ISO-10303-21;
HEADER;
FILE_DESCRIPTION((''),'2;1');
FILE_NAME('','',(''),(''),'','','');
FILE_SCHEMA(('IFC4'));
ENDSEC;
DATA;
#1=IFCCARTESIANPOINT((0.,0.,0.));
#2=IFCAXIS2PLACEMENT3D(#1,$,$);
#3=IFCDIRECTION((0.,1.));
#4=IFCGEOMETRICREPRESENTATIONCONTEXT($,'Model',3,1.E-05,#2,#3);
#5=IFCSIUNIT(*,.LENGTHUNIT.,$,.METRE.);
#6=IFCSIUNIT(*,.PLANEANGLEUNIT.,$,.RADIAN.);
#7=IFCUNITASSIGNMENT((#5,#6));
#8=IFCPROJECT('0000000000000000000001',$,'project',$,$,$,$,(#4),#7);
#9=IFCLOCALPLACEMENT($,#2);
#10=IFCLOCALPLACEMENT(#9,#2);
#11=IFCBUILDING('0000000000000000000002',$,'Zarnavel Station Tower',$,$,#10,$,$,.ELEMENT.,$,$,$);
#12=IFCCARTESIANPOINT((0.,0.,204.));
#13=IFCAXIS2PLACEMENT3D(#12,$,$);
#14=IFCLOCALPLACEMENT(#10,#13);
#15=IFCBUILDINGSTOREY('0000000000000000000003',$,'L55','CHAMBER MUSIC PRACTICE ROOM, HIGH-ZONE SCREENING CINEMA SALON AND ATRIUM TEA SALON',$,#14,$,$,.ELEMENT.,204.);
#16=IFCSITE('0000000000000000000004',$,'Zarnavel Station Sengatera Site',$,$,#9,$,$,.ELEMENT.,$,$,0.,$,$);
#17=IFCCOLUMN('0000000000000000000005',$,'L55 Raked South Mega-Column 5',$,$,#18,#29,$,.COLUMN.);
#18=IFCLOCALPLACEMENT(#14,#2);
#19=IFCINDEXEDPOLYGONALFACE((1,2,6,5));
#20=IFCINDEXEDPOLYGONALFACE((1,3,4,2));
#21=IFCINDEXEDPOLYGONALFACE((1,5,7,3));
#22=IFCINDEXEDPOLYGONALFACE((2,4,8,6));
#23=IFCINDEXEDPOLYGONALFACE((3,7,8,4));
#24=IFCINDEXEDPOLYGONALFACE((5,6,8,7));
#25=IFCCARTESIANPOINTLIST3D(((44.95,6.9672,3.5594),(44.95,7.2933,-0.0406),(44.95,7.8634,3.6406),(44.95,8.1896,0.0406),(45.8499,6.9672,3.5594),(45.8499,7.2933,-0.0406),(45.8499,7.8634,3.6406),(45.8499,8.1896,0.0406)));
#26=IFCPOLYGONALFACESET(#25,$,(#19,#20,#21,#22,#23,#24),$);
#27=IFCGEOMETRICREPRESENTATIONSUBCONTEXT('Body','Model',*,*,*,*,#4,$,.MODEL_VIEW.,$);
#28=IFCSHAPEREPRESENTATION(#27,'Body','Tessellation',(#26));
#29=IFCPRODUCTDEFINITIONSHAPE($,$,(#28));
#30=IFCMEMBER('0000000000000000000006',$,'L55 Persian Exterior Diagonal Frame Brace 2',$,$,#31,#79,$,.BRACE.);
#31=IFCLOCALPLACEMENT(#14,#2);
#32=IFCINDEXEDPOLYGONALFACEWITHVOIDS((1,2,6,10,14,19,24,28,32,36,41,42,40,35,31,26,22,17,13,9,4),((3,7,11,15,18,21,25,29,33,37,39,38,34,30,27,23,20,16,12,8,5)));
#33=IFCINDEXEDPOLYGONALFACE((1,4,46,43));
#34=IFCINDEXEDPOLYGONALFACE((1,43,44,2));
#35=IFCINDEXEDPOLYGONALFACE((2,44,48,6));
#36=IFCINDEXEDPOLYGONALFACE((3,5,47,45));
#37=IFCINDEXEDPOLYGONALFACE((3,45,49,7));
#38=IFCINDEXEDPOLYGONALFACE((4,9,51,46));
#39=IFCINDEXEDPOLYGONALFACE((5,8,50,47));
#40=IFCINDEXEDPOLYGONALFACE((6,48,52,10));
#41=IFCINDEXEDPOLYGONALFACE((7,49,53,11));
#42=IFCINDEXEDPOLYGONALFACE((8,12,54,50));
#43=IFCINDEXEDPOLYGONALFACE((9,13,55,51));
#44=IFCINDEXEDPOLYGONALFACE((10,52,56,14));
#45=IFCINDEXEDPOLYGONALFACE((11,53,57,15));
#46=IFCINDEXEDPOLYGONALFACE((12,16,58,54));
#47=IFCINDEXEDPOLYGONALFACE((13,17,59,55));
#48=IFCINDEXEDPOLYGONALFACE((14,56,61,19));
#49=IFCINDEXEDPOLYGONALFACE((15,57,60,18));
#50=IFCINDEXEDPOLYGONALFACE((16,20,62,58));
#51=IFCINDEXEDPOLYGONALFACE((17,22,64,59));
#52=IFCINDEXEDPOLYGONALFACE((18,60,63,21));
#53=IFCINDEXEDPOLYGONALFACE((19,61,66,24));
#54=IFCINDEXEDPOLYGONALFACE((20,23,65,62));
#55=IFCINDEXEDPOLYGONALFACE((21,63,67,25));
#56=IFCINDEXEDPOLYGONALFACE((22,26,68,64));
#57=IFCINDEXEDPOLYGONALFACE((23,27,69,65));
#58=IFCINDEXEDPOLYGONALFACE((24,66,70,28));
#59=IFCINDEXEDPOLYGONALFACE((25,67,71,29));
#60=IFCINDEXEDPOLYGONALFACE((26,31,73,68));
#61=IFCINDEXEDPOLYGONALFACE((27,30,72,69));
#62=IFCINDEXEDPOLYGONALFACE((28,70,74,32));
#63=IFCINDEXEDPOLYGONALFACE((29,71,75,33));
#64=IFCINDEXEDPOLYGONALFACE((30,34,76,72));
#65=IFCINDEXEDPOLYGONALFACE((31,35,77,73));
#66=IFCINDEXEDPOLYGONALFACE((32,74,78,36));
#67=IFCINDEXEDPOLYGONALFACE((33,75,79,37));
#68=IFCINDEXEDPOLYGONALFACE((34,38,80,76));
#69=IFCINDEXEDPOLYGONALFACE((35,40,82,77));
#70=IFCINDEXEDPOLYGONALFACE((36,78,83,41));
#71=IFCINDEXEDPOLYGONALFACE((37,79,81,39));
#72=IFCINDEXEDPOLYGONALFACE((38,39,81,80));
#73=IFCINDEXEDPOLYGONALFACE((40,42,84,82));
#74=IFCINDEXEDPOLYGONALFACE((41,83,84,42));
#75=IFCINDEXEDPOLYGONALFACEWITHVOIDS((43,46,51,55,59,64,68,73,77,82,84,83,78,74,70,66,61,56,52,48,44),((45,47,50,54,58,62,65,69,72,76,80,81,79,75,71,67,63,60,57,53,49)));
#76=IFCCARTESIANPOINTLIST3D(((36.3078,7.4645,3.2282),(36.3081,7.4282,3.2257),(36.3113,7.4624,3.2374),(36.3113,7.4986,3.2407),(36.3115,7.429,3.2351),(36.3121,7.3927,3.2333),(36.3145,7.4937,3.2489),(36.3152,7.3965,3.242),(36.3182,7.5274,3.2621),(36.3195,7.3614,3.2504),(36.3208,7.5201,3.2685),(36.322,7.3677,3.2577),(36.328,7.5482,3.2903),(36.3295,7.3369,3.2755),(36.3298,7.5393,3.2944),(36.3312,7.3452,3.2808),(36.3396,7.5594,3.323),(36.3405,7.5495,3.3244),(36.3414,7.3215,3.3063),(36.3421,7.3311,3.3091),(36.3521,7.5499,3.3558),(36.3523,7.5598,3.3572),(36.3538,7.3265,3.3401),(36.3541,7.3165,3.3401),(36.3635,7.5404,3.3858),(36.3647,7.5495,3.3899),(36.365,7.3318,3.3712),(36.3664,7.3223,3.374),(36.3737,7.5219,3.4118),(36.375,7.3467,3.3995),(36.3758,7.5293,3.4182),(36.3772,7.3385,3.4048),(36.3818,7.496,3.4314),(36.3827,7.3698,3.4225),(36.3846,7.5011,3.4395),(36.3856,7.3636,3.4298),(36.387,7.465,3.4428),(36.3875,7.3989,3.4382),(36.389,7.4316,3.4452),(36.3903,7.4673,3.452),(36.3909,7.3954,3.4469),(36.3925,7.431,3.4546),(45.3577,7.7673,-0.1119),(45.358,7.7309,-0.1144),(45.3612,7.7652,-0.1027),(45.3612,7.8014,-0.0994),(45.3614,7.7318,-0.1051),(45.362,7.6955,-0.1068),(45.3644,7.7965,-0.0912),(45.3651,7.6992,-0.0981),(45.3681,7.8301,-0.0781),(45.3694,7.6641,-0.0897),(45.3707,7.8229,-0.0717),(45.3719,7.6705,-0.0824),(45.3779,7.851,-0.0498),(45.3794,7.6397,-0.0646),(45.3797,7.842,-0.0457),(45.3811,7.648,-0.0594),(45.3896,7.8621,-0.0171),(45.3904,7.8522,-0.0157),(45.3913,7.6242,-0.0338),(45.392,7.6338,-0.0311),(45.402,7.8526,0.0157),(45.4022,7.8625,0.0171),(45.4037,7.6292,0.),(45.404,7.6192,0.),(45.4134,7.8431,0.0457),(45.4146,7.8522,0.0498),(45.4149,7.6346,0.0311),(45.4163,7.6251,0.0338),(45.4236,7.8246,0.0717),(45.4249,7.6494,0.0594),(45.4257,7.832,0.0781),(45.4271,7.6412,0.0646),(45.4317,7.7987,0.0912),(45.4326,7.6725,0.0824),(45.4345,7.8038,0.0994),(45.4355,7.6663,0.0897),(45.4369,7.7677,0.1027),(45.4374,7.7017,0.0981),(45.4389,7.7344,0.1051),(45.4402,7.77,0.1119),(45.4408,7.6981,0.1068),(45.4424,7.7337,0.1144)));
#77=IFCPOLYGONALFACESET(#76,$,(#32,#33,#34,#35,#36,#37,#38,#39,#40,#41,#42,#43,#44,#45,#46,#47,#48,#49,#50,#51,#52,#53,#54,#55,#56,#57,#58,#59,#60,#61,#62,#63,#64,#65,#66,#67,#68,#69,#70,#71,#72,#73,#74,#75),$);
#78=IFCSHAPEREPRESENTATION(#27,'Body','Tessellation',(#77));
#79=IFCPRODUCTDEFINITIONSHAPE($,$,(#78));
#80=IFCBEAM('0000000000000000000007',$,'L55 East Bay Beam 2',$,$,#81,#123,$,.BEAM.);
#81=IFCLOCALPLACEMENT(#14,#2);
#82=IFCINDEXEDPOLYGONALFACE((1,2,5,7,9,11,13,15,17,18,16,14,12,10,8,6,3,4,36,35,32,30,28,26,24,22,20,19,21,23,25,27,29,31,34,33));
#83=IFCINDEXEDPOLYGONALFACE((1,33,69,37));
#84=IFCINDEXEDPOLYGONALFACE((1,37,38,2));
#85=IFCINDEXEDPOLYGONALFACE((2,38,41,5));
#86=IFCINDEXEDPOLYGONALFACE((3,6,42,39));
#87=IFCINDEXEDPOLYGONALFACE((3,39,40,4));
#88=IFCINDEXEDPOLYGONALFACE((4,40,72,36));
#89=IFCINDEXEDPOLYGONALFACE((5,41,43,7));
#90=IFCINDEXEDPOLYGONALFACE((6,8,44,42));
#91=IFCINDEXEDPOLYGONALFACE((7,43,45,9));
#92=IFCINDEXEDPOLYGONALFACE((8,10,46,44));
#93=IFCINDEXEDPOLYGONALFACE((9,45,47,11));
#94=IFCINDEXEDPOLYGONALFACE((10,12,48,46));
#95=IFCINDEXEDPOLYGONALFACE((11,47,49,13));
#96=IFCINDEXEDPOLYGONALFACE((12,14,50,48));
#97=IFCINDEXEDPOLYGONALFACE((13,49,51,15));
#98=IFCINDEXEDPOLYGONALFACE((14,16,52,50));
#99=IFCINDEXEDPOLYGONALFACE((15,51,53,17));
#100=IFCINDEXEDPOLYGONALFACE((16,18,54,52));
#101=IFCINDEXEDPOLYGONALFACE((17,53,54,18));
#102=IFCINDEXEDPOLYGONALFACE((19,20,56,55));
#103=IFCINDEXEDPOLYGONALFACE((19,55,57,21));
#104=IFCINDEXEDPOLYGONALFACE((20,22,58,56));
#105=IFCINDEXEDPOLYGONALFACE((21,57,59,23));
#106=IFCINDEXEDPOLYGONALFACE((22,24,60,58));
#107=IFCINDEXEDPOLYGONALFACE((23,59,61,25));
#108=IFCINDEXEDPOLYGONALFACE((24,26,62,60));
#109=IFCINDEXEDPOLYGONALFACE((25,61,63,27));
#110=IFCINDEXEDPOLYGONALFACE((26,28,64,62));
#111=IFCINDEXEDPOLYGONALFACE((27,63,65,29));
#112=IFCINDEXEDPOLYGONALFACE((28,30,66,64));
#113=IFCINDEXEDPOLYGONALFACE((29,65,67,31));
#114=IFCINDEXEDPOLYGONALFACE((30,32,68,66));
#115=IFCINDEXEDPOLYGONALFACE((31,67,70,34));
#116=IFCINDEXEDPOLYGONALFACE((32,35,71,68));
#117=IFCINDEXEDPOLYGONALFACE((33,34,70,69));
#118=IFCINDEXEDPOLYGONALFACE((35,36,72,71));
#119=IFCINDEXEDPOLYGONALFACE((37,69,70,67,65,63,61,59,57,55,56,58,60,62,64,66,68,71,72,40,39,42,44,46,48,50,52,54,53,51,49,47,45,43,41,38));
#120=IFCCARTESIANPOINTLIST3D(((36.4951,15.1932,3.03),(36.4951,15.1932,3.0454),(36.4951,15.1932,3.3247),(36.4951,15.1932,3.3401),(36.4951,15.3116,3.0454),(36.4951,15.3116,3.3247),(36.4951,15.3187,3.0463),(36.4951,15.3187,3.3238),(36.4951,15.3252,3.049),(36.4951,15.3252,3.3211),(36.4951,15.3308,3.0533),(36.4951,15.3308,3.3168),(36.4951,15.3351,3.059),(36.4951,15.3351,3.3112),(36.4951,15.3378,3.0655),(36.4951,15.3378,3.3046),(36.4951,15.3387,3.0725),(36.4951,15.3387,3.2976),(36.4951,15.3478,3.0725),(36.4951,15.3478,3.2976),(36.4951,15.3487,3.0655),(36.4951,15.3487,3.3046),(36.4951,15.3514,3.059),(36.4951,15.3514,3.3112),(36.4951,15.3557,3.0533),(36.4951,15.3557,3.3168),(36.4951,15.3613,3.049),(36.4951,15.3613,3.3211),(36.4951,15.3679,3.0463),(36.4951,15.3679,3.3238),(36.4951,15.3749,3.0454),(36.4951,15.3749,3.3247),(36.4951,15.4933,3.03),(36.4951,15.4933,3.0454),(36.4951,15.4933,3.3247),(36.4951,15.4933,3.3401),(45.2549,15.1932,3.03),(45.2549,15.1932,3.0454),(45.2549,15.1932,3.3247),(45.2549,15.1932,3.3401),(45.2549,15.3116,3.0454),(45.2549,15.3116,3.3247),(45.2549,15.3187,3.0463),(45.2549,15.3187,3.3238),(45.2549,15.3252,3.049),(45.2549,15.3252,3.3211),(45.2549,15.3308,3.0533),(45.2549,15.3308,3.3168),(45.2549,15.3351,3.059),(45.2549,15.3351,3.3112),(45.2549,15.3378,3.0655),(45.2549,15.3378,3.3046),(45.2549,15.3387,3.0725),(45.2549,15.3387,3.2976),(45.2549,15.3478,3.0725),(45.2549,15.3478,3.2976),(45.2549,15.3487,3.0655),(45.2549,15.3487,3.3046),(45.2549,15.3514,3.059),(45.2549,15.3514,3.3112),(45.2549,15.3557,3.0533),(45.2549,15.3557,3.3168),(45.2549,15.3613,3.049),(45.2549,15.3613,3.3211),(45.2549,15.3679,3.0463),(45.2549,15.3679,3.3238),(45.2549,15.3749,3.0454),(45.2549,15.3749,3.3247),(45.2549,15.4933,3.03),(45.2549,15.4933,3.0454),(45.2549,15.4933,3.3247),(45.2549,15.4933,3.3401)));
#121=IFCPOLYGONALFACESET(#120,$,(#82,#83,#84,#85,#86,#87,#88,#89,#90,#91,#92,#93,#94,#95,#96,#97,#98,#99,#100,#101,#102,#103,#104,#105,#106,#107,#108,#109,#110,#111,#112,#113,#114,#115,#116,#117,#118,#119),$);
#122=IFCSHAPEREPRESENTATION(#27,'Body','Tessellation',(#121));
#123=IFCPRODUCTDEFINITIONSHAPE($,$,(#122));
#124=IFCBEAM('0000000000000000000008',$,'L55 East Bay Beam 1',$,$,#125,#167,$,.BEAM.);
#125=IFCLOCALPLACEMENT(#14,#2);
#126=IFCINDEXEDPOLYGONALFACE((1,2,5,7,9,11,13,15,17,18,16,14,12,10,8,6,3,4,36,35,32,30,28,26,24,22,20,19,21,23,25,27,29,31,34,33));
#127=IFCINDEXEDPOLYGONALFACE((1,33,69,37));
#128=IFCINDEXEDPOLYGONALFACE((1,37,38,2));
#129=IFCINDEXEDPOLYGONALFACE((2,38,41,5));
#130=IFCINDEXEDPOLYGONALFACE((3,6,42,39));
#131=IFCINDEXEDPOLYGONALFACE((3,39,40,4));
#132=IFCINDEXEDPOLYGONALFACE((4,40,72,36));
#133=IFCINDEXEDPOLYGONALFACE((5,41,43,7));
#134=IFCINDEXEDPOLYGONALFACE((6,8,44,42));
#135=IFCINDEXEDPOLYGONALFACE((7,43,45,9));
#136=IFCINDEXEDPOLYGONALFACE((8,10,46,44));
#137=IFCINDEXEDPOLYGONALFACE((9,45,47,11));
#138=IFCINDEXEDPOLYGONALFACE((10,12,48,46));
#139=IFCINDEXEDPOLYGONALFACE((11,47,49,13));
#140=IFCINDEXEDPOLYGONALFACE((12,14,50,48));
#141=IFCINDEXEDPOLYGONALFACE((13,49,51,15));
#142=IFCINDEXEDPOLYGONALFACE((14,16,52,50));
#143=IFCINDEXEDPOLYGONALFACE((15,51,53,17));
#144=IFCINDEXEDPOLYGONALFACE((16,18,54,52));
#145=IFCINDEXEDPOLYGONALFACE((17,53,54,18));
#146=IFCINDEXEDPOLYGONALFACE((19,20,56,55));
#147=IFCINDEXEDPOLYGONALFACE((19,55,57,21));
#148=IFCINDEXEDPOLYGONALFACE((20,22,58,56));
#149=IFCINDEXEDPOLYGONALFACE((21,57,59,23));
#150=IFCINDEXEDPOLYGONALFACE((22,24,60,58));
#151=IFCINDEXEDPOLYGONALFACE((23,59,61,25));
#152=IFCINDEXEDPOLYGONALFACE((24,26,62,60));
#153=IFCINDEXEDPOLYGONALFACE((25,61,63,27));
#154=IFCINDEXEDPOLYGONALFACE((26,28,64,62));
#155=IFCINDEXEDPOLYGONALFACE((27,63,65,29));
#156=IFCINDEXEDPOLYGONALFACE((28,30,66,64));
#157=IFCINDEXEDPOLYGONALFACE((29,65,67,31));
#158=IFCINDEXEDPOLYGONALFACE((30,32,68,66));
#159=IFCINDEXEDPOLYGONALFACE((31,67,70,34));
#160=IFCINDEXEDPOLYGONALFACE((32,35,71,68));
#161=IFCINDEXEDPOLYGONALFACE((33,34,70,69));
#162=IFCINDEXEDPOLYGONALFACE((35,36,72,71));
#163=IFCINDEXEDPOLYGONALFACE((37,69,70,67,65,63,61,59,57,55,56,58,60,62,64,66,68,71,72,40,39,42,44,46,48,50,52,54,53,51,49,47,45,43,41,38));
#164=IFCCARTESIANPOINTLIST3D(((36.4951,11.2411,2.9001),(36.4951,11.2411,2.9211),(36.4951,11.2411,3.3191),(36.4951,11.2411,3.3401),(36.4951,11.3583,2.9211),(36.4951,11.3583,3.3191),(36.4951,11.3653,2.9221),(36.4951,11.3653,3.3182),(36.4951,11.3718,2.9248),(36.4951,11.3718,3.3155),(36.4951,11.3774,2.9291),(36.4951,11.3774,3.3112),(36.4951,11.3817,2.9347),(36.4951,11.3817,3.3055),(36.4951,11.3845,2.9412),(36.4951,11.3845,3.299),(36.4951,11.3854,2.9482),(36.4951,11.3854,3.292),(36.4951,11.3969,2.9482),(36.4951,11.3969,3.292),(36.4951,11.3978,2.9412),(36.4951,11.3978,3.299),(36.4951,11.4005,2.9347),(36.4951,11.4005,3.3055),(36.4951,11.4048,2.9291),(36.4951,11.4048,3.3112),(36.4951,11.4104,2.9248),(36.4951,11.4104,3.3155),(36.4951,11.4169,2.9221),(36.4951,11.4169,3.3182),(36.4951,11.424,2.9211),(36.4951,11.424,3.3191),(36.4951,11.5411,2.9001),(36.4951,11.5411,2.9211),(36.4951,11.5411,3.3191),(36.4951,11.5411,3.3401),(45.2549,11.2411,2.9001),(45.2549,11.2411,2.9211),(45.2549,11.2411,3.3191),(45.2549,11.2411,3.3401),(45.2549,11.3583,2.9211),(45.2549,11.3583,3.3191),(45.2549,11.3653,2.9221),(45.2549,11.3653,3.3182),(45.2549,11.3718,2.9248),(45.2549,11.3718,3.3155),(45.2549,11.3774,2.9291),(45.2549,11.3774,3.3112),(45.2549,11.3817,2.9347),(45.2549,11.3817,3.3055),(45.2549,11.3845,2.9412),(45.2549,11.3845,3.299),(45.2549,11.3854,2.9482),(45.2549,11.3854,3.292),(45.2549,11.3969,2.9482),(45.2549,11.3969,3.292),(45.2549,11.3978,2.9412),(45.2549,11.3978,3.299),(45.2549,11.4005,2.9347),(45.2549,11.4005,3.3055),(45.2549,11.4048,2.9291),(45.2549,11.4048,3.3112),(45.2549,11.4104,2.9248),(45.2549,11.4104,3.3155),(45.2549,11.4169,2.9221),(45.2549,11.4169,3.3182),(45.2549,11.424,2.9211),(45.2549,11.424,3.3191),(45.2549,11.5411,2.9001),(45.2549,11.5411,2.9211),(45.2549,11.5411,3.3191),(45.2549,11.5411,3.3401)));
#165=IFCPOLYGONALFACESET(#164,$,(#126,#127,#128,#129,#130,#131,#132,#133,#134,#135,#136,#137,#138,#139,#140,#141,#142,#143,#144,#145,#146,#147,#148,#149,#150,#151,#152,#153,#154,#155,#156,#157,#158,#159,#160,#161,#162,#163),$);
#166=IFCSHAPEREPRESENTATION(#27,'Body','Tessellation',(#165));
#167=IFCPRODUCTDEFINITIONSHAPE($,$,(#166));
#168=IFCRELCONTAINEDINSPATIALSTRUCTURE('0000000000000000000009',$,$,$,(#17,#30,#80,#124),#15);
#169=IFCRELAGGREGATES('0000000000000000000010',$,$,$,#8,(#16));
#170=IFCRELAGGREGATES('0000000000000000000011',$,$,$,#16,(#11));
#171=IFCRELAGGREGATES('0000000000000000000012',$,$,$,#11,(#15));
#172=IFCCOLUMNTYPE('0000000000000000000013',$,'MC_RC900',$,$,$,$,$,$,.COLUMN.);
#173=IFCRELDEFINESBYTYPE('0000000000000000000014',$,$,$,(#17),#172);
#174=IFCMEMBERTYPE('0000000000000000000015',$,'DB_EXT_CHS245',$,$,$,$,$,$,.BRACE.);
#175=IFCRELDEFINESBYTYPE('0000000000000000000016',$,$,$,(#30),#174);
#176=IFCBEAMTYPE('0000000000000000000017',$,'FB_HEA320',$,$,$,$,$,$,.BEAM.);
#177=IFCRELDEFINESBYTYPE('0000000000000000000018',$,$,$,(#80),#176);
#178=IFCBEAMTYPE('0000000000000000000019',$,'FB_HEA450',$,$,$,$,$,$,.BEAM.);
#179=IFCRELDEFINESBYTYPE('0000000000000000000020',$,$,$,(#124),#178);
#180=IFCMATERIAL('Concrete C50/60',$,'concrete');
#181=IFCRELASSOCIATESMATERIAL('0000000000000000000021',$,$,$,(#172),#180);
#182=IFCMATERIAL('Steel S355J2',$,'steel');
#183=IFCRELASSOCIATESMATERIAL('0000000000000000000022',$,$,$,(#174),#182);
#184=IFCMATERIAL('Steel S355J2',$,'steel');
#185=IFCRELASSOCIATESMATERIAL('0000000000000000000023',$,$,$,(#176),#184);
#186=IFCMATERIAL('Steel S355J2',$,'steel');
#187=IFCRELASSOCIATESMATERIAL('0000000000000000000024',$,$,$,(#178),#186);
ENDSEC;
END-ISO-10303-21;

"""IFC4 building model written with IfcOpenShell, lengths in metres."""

from ifc_helpers import new_model, si_unit, direction, frame, origin, origin_2d, place, context, subcontext, project, spatial, rectangle, hollow_circle, i_section, extrude, material, material_profile, profile_set, type_object, element, save


model = new_model("IFC4")

# Units and contexts
model_context = context("Model", 3, precision=1e-05, world=origin(), true_north=direction((0.0, 1.0)))
body_context = subcontext(model_context, "Body", "Model", "MODEL_VIEW")
ifc_project = project(units=[si_unit("LENGTHUNIT", "METRE"), si_unit("PLANEANGLEUNIT", "RADIAN")], contexts=[model_context])

# Site, building, storey
site_placement = place(None, origin())
site = spatial("IfcSite", under=ifc_project, at=site_placement, Name="Zarnavel Station Sengatera Site", CompositionType="ELEMENT", RefElevation=0.0)
building_placement = place(site_placement, origin())
building = spatial("IfcBuilding", under=site, at=building_placement, Name="Zarnavel Station Tower", CompositionType="ELEMENT")
storey_placement = place(building_placement, frame((0.0, 0.0, 204.0)))
storey = spatial("IfcBuildingStorey", under=building, at=storey_placement, Name="L55", Description="CHAMBER MUSIC PRACTICE ROOM, HIGH-ZONE SCREENING CINEMA SALON AND ATRIUM TEA SALON", CompositionType="ELEMENT", Elevation=204.0)

# Column
ifc_material_1 = material(Name="Concrete C50/60", Category="concrete")
ifc_material_profile_1 = material_profile(ifc_material_1, rectangle(XDim=0.8999, YDim=0.8999, at=origin_2d()), Name="RC900x900")
ifc_profile_set_1 = profile_set([ifc_material_profile_1], Name="Concrete C50/60")
column_type = type_object("IfcColumnType", Name="MC_RC900", PredefinedType="COLUMN", material=ifc_profile_set_1)
column_placement = place(storey_placement, frame((45.3999, 7.7415, 0.0), z_axis=(0.0, -0.090231, 0.995921), x_axis=(1.0, 0.0, 0.0)))
element("IfcColumn", 1, at=column_placement, inside=storey, type_object=column_type, Name="L55 Raked South Mega-Column 5", PredefinedType="COLUMN", context=body_context, shape_type="SweptSolid", body=[
    extrude(rectangle(XDim=0.8999, YDim=0.8999, at=origin_2d()), origin(), (0.0, 0.0, 1.0), 3.6147),
])

# Member
ifc_material_2 = material(Name="Steel S355J2", Category="steel")
ifc_material_profile_2 = material_profile(ifc_material_2, hollow_circle(Radius=0.1223, WallThickness=0.01, at=origin_2d()), Name="CHS244.5x10")
ifc_profile_set_2 = profile_set([ifc_material_profile_2], Name="Steel S355J2")
member_type = type_object("IfcMemberType", Name="DB_EXT_CHS245", PredefinedType="BRACE", material=ifc_profile_set_2)
member_placement = place(storey_placement, frame((45.3999, 7.7415, 0.0), z_axis=(-0.937681, -0.031367, 0.346078), x_axis=(0.033433, -0.999441, 0.0)))
element("IfcMember", 2, at=member_placement, inside=storey, type_object=member_type, Name="L55 Persian Exterior Diagonal Frame Brace 2", PredefinedType="BRACE", context=body_context, shape_type="SweptSolid", body=[
    extrude(hollow_circle(Radius=0.1223, WallThickness=0.01, at=origin_2d()), origin(), (0.0, 0.0, 1.0), 9.6514),
])

# Beams
ifc_material_3 = material(Name="Steel S355J2", Category="steel")
ifc_material_profile_3 = material_profile(ifc_material_3, i_section(OverallWidth=0.3, OverallDepth=0.3101, WebThickness=0.009, FlangeThickness=0.0154, FilletRadius=0.0271, at=origin_2d()), Name="HEA320")
ifc_profile_set_3 = profile_set([ifc_material_profile_3], Name="Steel S355J2")
beam_type_1 = type_object("IfcBeamType", Name="FB_HEA320", PredefinedType="BEAM", material=ifc_profile_set_3)
beam_1_placement = place(storey_placement, frame((36.4951, 15.3433, 3.1851), z_axis=(1.0, 0.0, 0.0), x_axis=(0.0, 1.0, 0.0)))
element("IfcBeam", 3, at=beam_1_placement, inside=storey, type_object=beam_type_1, Name="L55 East Bay Beam 2", PredefinedType="BEAM", context=body_context, shape_type="SweptSolid", body=[
    extrude(i_section(OverallWidth=0.3, OverallDepth=0.3101, WebThickness=0.009, FlangeThickness=0.0154, FilletRadius=0.0271, at=origin_2d()), origin(), (0.0, 0.0, 1.0), 8.7598),
])
ifc_material_4 = material(Name="Steel S355J2", Category="steel")
ifc_material_profile_4 = material_profile(ifc_material_4, i_section(OverallWidth=0.3, OverallDepth=0.4399, WebThickness=0.0115, FlangeThickness=0.021, FilletRadius=0.0271, at=origin_2d()), Name="HEA450")
ifc_profile_set_4 = profile_set([ifc_material_profile_4], Name="Steel S355J2")
beam_type_2 = type_object("IfcBeamType", Name="FB_HEA450", PredefinedType="BEAM", material=ifc_profile_set_4)
for number, where, z_axis, x_axis, name in (
    (4, (36.4951, 11.3911, 3.1201), (1.0, 0.0, 0.0), (0.0, 1.0, 0.0), "L55 East Bay Beam 1"),
):
    element("IfcBeam", number, at=place(storey_placement, frame(where, z_axis=z_axis, x_axis=x_axis)), inside=storey, type_object=beam_type_2, Name=name, PredefinedType="BEAM", context=body_context, shape_type="SweptSolid", body=[
        extrude(i_section(OverallWidth=0.3, OverallDepth=0.4399, WebThickness=0.0115, FlangeThickness=0.021, FilletRadius=0.0271, at=origin_2d()), origin(), (0.0, 0.0, 1.0), 8.7598),
    ])

save(model, "model.ifc")
